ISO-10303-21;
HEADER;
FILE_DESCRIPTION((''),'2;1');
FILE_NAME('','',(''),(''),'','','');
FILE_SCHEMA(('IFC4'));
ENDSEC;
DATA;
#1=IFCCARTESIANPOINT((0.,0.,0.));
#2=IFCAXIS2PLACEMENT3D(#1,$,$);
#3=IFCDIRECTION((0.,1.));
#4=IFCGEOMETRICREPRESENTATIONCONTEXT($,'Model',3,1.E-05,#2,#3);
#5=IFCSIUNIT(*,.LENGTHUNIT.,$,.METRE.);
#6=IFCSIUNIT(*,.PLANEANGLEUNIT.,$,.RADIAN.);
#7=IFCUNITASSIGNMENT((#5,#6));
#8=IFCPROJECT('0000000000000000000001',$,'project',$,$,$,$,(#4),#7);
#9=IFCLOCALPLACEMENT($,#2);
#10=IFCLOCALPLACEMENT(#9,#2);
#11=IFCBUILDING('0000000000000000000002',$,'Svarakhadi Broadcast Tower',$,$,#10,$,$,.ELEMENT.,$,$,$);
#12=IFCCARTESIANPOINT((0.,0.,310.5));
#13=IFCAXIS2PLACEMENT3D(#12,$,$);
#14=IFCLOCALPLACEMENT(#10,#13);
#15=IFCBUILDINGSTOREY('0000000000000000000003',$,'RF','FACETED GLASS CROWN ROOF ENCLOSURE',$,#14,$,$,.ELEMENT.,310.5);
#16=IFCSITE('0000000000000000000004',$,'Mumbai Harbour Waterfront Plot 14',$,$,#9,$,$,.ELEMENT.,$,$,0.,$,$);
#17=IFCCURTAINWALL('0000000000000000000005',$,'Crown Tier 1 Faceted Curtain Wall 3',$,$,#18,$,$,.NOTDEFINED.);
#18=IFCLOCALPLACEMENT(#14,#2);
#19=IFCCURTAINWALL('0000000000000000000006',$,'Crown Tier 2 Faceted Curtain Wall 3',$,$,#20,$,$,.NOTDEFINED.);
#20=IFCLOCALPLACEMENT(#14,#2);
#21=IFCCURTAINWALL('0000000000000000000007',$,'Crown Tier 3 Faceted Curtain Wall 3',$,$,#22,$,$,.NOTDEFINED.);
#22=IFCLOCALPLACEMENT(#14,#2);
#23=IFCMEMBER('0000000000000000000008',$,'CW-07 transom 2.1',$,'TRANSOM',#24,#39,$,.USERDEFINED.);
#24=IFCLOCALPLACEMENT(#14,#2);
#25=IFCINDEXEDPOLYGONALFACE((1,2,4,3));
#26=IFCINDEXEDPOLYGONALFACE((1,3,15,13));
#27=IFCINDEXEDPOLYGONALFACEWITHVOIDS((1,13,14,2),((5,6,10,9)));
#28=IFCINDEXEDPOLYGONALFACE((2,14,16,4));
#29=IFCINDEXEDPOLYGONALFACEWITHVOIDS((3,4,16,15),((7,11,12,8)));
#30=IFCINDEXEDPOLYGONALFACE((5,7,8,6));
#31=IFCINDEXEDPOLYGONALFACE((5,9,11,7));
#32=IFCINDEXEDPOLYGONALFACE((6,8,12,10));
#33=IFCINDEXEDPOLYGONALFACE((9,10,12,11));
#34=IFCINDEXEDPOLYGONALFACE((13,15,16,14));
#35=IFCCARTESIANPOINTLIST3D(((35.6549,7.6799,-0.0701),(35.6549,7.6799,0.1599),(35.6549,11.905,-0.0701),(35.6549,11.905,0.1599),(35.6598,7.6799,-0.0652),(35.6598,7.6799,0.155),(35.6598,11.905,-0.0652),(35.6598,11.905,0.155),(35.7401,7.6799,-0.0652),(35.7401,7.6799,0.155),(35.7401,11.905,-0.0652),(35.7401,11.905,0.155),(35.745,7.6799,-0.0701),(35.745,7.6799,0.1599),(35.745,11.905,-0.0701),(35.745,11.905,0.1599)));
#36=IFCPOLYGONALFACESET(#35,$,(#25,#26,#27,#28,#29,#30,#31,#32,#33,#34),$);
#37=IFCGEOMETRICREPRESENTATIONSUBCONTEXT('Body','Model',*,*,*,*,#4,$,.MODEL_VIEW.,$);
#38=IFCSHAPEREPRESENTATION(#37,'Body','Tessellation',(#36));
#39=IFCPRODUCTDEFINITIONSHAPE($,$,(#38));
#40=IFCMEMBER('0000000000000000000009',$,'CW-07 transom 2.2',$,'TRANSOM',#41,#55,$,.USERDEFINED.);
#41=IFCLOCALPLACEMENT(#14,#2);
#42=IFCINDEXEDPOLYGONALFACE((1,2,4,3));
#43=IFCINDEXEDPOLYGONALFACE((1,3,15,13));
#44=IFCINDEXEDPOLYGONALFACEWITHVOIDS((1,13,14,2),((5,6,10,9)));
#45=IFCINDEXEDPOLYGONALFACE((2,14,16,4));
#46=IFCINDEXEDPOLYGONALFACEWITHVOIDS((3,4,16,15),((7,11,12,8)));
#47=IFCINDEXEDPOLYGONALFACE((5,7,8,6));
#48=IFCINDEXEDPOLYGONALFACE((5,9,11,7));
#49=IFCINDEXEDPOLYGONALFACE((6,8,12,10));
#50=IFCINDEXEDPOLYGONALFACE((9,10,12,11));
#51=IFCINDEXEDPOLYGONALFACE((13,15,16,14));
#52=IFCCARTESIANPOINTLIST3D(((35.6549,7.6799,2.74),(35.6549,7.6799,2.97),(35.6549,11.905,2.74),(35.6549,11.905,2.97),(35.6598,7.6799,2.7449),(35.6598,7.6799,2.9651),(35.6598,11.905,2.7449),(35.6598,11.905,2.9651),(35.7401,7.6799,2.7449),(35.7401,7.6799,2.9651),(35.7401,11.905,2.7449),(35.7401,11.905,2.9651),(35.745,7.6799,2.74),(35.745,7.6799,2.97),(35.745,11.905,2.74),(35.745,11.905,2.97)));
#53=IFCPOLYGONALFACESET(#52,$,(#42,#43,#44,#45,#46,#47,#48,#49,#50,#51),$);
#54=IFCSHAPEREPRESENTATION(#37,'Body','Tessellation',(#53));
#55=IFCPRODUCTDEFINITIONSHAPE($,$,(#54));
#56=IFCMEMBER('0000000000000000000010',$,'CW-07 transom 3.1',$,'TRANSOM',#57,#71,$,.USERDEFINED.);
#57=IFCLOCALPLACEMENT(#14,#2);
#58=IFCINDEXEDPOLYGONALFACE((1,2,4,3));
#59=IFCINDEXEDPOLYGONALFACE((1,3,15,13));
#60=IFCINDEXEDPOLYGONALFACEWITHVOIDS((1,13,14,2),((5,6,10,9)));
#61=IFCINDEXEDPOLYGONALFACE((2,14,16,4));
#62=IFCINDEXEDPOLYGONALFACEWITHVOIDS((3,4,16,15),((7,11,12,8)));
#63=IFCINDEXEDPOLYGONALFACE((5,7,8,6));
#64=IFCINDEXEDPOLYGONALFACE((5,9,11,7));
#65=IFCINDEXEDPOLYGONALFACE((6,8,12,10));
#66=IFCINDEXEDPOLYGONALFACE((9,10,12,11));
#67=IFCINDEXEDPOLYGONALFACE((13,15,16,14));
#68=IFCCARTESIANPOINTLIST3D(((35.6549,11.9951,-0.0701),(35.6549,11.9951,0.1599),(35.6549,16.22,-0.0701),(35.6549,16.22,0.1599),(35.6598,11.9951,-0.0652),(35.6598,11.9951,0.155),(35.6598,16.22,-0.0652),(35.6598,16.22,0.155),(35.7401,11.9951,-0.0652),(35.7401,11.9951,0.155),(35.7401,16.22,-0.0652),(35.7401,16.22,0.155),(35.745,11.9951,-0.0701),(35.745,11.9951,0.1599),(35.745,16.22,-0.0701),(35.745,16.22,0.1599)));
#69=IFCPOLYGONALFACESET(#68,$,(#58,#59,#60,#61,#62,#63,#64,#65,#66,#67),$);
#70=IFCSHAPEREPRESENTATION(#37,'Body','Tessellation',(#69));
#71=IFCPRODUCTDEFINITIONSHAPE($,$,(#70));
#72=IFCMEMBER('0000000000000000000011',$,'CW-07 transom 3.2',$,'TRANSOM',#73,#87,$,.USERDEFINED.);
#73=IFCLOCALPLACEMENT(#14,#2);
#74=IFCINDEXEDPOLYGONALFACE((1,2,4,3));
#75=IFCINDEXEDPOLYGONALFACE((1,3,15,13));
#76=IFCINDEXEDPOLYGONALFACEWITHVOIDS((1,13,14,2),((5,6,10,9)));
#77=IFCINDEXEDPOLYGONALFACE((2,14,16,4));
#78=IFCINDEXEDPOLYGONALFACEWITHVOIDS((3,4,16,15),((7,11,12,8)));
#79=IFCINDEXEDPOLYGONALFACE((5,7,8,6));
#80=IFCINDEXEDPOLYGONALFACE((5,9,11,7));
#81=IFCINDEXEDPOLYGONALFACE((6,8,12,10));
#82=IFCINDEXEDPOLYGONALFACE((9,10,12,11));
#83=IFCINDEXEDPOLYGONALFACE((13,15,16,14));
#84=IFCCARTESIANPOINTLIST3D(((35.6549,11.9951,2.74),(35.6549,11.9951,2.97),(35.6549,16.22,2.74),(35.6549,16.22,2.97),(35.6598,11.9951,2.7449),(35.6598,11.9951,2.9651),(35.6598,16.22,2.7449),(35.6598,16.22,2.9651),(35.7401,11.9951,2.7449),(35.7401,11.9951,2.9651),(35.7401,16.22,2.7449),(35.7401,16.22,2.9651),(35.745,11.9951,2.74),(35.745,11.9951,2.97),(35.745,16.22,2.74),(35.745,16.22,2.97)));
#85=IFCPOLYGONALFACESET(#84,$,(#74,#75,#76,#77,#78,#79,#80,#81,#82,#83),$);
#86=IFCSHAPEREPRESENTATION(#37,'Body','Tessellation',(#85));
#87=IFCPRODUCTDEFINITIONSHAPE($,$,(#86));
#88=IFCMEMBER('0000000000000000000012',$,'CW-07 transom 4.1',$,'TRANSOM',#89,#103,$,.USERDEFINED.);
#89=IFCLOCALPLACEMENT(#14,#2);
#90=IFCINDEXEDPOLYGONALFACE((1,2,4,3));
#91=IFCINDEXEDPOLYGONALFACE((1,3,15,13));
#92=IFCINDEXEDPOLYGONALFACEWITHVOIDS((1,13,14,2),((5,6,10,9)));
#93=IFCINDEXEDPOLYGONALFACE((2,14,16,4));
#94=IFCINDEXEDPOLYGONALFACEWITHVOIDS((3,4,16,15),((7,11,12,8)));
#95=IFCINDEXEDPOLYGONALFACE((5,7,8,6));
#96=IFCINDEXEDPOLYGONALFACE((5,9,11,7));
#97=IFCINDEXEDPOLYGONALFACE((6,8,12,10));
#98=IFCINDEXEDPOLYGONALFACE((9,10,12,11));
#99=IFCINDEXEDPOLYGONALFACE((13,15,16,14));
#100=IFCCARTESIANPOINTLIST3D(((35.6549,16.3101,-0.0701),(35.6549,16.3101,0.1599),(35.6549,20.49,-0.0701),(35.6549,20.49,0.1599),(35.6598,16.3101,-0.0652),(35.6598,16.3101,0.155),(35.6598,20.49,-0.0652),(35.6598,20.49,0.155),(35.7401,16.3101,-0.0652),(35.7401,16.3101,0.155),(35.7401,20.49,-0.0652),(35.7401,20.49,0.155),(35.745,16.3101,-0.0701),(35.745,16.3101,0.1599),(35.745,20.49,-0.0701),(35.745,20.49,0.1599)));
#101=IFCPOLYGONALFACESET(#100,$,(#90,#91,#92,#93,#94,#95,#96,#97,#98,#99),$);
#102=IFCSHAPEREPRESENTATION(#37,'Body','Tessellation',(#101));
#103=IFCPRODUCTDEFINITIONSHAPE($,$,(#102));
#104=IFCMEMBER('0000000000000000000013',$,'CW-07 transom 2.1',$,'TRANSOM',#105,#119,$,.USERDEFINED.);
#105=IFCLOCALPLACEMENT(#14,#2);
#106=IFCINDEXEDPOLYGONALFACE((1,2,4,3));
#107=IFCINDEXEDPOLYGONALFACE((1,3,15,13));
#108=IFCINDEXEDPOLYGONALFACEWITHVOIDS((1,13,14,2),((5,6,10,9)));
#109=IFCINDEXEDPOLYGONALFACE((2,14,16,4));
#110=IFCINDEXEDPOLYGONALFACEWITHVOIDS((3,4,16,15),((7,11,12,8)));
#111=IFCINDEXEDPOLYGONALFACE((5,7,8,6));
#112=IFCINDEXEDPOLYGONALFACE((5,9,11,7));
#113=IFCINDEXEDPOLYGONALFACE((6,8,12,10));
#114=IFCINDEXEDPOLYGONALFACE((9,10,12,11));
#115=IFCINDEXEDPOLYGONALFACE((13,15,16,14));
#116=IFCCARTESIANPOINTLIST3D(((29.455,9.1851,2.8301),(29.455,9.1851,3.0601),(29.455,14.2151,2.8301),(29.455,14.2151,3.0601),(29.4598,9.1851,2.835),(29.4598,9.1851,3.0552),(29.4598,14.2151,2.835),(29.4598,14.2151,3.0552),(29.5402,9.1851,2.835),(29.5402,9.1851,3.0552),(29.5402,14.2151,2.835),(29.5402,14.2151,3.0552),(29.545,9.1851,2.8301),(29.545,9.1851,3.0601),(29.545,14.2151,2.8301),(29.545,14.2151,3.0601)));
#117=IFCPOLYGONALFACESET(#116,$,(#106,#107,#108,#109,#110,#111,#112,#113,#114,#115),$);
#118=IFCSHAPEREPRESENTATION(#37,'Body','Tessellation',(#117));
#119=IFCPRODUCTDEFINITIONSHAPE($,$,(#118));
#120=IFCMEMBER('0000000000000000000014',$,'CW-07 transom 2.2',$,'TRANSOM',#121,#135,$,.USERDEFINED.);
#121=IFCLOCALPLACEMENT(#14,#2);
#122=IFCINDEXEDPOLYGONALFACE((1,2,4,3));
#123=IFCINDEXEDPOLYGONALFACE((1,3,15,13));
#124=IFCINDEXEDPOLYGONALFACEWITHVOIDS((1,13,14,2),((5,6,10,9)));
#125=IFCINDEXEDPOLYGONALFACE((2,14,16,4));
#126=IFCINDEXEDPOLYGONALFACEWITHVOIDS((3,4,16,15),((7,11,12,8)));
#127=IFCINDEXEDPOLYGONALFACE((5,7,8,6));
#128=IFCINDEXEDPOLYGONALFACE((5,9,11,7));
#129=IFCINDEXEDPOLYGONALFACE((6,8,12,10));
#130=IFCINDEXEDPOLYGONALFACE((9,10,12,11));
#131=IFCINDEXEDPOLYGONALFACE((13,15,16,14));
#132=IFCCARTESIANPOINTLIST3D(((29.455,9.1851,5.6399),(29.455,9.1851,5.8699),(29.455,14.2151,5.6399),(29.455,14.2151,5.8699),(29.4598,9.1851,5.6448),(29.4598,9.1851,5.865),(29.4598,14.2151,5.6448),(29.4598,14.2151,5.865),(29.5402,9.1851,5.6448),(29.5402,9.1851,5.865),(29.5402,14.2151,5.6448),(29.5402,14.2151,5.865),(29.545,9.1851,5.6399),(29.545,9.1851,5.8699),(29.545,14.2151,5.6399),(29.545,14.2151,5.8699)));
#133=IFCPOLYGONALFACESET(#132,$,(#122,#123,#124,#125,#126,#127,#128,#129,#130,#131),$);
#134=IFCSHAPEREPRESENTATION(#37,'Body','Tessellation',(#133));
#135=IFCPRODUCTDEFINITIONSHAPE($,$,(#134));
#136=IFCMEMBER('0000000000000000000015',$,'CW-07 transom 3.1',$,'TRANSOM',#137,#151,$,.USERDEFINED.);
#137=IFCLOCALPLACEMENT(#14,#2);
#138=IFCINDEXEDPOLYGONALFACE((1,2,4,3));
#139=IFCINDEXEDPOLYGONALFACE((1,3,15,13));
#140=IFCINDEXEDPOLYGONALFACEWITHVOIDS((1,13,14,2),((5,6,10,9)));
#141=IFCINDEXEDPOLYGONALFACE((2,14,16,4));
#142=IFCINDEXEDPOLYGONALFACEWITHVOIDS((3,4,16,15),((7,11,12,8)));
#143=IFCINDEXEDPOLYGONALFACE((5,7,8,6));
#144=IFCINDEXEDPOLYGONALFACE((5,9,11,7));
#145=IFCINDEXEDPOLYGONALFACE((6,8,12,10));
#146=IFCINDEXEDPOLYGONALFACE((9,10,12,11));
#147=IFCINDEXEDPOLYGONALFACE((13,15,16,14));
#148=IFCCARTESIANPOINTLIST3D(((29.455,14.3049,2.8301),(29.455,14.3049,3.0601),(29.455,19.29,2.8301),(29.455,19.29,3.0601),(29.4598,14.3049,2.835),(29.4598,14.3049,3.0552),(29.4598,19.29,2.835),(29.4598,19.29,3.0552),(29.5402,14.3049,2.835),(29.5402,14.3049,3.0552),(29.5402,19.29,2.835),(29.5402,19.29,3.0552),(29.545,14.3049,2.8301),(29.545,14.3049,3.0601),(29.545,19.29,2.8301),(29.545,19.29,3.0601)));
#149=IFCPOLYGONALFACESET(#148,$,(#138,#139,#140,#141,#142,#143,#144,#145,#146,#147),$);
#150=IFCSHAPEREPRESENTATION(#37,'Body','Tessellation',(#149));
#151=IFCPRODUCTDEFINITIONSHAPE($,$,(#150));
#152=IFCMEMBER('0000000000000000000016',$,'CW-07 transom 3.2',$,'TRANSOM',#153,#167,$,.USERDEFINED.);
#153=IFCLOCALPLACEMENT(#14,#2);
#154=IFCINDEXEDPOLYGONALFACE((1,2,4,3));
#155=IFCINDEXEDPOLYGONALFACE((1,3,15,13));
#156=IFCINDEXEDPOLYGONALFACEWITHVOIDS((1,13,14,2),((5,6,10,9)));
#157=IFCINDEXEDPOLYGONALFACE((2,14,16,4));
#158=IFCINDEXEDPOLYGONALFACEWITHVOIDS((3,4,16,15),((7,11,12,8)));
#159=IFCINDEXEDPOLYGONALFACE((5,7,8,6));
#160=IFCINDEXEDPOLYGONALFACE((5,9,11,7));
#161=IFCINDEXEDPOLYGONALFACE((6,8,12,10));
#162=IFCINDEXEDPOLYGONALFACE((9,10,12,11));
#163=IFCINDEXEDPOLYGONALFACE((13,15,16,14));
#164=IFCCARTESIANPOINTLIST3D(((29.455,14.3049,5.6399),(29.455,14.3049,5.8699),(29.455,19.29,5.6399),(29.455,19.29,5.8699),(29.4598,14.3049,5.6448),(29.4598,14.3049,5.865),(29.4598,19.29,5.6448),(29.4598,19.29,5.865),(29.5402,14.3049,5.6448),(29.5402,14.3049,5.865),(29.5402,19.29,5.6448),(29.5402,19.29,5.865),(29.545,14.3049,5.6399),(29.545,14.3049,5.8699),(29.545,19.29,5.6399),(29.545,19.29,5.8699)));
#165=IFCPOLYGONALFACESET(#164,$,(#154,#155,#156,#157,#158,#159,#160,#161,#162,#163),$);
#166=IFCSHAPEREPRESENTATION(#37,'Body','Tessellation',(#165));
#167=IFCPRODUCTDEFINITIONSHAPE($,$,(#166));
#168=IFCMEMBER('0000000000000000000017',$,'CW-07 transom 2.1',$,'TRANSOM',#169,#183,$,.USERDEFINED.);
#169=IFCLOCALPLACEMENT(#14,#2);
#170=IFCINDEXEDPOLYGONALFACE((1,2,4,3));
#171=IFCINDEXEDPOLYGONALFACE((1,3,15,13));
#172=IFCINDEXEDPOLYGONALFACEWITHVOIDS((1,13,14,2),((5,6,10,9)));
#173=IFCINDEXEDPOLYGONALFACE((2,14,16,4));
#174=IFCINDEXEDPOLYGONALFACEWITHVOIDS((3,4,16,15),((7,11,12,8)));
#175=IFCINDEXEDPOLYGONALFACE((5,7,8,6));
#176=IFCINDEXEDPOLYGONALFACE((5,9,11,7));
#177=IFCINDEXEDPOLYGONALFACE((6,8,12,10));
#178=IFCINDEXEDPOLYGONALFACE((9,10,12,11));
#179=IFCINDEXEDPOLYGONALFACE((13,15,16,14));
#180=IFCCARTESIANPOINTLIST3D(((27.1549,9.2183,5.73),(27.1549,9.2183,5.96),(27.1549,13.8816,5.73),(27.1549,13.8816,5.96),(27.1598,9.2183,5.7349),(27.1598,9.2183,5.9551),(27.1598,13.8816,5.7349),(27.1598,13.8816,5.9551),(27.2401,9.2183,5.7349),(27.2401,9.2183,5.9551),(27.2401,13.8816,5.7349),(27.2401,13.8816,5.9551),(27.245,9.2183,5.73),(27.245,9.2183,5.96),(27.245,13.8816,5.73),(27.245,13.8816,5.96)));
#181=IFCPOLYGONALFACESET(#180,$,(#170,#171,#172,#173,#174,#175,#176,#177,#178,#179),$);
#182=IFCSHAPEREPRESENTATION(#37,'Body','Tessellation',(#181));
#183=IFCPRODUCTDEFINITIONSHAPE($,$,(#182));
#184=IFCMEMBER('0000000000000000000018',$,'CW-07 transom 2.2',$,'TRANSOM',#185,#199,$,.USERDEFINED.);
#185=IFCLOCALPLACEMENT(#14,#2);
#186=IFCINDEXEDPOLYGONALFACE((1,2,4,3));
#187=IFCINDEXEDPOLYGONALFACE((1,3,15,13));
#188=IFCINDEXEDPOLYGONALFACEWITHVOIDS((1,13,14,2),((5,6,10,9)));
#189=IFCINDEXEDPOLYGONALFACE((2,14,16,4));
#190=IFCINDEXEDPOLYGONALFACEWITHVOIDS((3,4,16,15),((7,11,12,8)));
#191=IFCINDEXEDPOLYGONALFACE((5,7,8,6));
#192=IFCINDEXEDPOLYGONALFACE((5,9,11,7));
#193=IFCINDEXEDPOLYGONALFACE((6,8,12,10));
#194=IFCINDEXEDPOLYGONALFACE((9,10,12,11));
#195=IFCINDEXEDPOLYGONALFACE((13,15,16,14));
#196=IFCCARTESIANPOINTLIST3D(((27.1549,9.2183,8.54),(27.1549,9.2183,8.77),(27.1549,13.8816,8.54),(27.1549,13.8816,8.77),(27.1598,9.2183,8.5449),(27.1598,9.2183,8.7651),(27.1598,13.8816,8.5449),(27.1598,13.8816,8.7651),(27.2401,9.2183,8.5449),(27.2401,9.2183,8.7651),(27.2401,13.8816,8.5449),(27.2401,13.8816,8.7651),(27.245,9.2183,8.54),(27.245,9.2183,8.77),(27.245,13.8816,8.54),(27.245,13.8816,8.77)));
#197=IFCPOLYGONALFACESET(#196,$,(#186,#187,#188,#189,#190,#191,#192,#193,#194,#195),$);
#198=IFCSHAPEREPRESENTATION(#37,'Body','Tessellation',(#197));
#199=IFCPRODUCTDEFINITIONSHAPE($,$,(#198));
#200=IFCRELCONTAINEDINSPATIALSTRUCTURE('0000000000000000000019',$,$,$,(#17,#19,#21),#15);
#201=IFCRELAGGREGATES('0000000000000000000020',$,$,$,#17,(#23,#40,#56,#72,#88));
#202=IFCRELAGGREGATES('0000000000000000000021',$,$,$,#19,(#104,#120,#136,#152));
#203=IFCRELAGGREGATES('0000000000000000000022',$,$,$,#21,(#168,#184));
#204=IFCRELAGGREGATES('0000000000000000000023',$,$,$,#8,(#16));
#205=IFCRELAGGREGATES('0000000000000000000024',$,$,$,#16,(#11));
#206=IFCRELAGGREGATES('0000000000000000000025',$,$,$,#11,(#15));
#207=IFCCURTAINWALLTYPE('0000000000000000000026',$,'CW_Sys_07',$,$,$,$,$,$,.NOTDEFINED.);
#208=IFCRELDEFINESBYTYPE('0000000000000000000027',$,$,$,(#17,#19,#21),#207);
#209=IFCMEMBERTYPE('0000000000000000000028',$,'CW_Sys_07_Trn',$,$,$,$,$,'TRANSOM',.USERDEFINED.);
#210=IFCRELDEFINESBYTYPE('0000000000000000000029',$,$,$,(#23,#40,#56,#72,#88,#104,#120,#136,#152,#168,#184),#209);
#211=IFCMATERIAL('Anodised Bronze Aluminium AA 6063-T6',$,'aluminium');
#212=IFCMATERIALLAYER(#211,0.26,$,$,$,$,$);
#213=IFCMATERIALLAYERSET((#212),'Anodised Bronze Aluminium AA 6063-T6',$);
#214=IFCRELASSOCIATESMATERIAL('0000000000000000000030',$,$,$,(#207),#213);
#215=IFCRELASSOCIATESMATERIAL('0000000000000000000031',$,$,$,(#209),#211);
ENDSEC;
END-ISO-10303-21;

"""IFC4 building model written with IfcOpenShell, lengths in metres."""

from ifc_helpers import new_model, si_unit, direction, frame, origin, origin_2d, place, context, subcontext, project, spatial, hollow_rectangle, extrude, material, layer, layer_set, material_profile, profile_set, type_object, element, aggregate, save


model = new_model("IFC4")

# Units and contexts
model_context = context("Model", 3, precision=1e-05, world=origin(), true_north=direction((0.0, 1.0)))
body_context = subcontext(model_context, "Body", "Model", "MODEL_VIEW")
ifc_project = project(units=[si_unit("LENGTHUNIT", "METRE"), si_unit("PLANEANGLEUNIT", "RADIAN")], contexts=[model_context])

# Site, building, storey
site_placement = place(None, origin())
site = spatial("IfcSite", under=ifc_project, at=site_placement, Name="Mumbai Harbour Waterfront Plot 14", CompositionType="ELEMENT", RefElevation=0.0)
building_placement = place(site_placement, origin())
building = spatial("IfcBuilding", under=site, at=building_placement, Name="Svarakhadi Broadcast Tower", CompositionType="ELEMENT")
storey_placement = place(building_placement, frame((0.0, 0.0, 310.5)))
storey = spatial("IfcBuildingStorey", under=building, at=storey_placement, Name="RF", Description="FACETED GLASS CROWN ROOF ENCLOSURE", CompositionType="ELEMENT", Elevation=310.5)

# Curtain walls
ifc_material_1 = material(Name="Anodised Bronze Aluminium AA 6063-T6", Category="aluminium")
ifc_layer_1 = layer(ifc_material_1, 0.26)
ifc_layer_set_1 = layer_set([ifc_layer_1], Name="Anodised Bronze Aluminium AA 6063-T6")
curtain_wall_type = type_object("IfcCurtainWallType", Name="CW_Sys_07", PredefinedType="NOTDEFINED", material=ifc_layer_set_1)
curtain_wall_1_placement = place(storey_placement, origin())
curtain_wall_1 = element("IfcCurtainWall", 1, at=curtain_wall_1_placement, inside=storey, type_object=curtain_wall_type, Name="Crown Tier 1 Faceted Curtain Wall 3", PredefinedType="NOTDEFINED")
curtain_wall_2_placement = place(storey_placement, origin())
curtain_wall_2 = element("IfcCurtainWall", 2, at=curtain_wall_2_placement, inside=storey, type_object=curtain_wall_type, Name="Crown Tier 2 Faceted Curtain Wall 3", PredefinedType="NOTDEFINED")
curtain_wall_3_placement = place(storey_placement, origin())
curtain_wall_3 = element("IfcCurtainWall", 3, at=curtain_wall_3_placement, inside=storey, type_object=curtain_wall_type, Name="Crown Tier 3 Faceted Curtain Wall 3", PredefinedType="NOTDEFINED")

# Members
ifc_material_profile_1 = material_profile(ifc_material_1, hollow_rectangle(XDim=0.0901, YDim=0.23, WallThickness=0.0049, at=origin_2d()), Name="ALU TRANSOM 230x90x5")
ifc_profile_set_1 = profile_set([ifc_material_profile_1], Name="Anodised Bronze Aluminium AA 6063-T6")
member_type_1 = type_object("IfcMemberType", Name="CW_Sys_07_Trn", ElementType="TRANSOM", PredefinedType="USERDEFINED", material=ifc_profile_set_1)
member_1_placement = place(storey_placement, frame((35.7, 7.6799, 0.0449), z_axis=(0.0, 1.0, 0.0), x_axis=(-1.0, 0.0, 0.0)))
member_1 = element("IfcMember", 4, at=member_1_placement, type_object=member_type_1, Name="CW-07 transom 2.1", ObjectType="TRANSOM", PredefinedType="USERDEFINED", context=body_context, shape_type="SweptSolid", body=[
    extrude(hollow_rectangle(XDim=0.0901, YDim=0.23, WallThickness=0.0049, at=origin_2d()), origin(), (0.0, 0.0, 1.0), 4.2251),
])
member_2_placement = place(storey_placement, frame((35.7, 7.6799, 2.855), z_axis=(0.0, 1.0, 0.0), x_axis=(-1.0, 0.0, 0.0)))
member_2 = element("IfcMember", 5, at=member_2_placement, type_object=member_type_1, Name="CW-07 transom 2.2", ObjectType="TRANSOM", PredefinedType="USERDEFINED", context=body_context, shape_type="SweptSolid", body=[
    extrude(hollow_rectangle(XDim=0.0901, YDim=0.23, WallThickness=0.0049, at=origin_2d()), origin(), (0.0, 0.0, 1.0), 4.2251),
])
member_3_placement = place(storey_placement, frame((35.7, 11.9951, 0.0449), z_axis=(0.0, 1.0, 0.0), x_axis=(-1.0, 0.0, 0.0)))
member_3 = element("IfcMember", 6, at=member_3_placement, type_object=member_type_1, Name="CW-07 transom 3.1", ObjectType="TRANSOM", PredefinedType="USERDEFINED", context=body_context, shape_type="SweptSolid", body=[
    extrude(hollow_rectangle(XDim=0.0901, YDim=0.23, WallThickness=0.0049, at=origin_2d()), origin(), (0.0, 0.0, 1.0), 4.2249),
])
member_4_placement = place(storey_placement, frame((35.7, 11.9951, 2.855), z_axis=(0.0, 1.0, 0.0), x_axis=(-1.0, 0.0, 0.0)))
member_4 = element("IfcMember", 7, at=member_4_placement, type_object=member_type_1, Name="CW-07 transom 3.2", ObjectType="TRANSOM", PredefinedType="USERDEFINED", context=body_context, shape_type="SweptSolid", body=[
    extrude(hollow_rectangle(XDim=0.0901, YDim=0.23, WallThickness=0.0049, at=origin_2d()), origin(), (0.0, 0.0, 1.0), 4.2249),
])
member_5_placement = place(storey_placement, frame((35.7, 16.3101, 0.0449), z_axis=(0.0, 1.0, 0.0), x_axis=(-1.0, 0.0, 0.0)))
member_5 = element("IfcMember", 8, at=member_5_placement, type_object=member_type_1, Name="CW-07 transom 4.1", ObjectType="TRANSOM", PredefinedType="USERDEFINED", context=body_context, shape_type="SweptSolid", body=[
    extrude(hollow_rectangle(XDim=0.0901, YDim=0.23, WallThickness=0.0049, at=origin_2d()), origin(), (0.0, 0.0, 1.0), 4.1799),
])
member_6_placement = place(storey_placement, frame((29.5, 9.1851, 2.9451), z_axis=(0.0, 1.0, 0.0), x_axis=(-1.0, 0.0, 0.0)))
member_6 = element("IfcMember", 9, at=member_6_placement, type_object=member_type_1, Name="CW-07 transom 2.1", ObjectType="TRANSOM", PredefinedType="USERDEFINED", context=body_context, shape_type="SweptSolid", body=[
    extrude(hollow_rectangle(XDim=0.0901, YDim=0.23, WallThickness=0.0049, at=origin_2d()), origin(), (0.0, 0.0, 1.0), 5.03),
])
member_7_placement = place(storey_placement, frame((29.5, 9.1851, 5.7549), z_axis=(0.0, 1.0, 0.0), x_axis=(-1.0, 0.0, 0.0)))
member_7 = element("IfcMember", 10, at=member_7_placement, type_object=member_type_1, Name="CW-07 transom 2.2", ObjectType="TRANSOM", PredefinedType="USERDEFINED", context=body_context, shape_type="SweptSolid", body=[
    extrude(hollow_rectangle(XDim=0.0901, YDim=0.23, WallThickness=0.0049, at=origin_2d()), origin(), (0.0, 0.0, 1.0), 5.03),
])
member_8_placement = place(storey_placement, frame((29.5, 14.3049, 2.9451), z_axis=(0.0, 1.0, 0.0), x_axis=(-1.0, 0.0, 0.0)))
member_8 = element("IfcMember", 11, at=member_8_placement, type_object=member_type_1, Name="CW-07 transom 3.1", ObjectType="TRANSOM", PredefinedType="USERDEFINED", context=body_context, shape_type="SweptSolid", body=[
    extrude(hollow_rectangle(XDim=0.0901, YDim=0.23, WallThickness=0.0049, at=origin_2d()), origin(), (0.0, 0.0, 1.0), 4.9851),
])
member_9_placement = place(storey_placement, frame((29.5, 14.3049, 5.7549), z_axis=(0.0, 1.0, 0.0), x_axis=(-1.0, 0.0, 0.0)))
member_9 = element("IfcMember", 12, at=member_9_placement, type_object=member_type_1, Name="CW-07 transom 3.2", ObjectType="TRANSOM", PredefinedType="USERDEFINED", context=body_context, shape_type="SweptSolid", body=[
    extrude(hollow_rectangle(XDim=0.0901, YDim=0.23, WallThickness=0.0049, at=origin_2d()), origin(), (0.0, 0.0, 1.0), 4.9851),
])
member_10_placement = place(storey_placement, frame((27.2, 9.2183, 5.845), z_axis=(0.0, 1.0, 0.0), x_axis=(-1.0, 0.0, 0.0)))
member_10 = element("IfcMember", 13, at=member_10_placement, type_object=member_type_1, Name="CW-07 transom 2.1", ObjectType="TRANSOM", PredefinedType="USERDEFINED", context=body_context, shape_type="SweptSolid", body=[
    extrude(hollow_rectangle(XDim=0.0901, YDim=0.23, WallThickness=0.0049, at=origin_2d()), origin(), (0.0, 0.0, 1.0), 4.6633),
])
member_11_placement = place(storey_placement, frame((27.2, 9.2183, 8.655), z_axis=(0.0, 1.0, 0.0), x_axis=(-1.0, 0.0, 0.0)))
member_11 = element("IfcMember", 14, at=member_11_placement, type_object=member_type_1, Name="CW-07 transom 2.2", ObjectType="TRANSOM", PredefinedType="USERDEFINED", context=body_context, shape_type="SweptSolid", body=[
    extrude(hollow_rectangle(XDim=0.0901, YDim=0.23, WallThickness=0.0049, at=origin_2d()), origin(), (0.0, 0.0, 1.0), 4.6633),
])

aggregate(curtain_wall_1, [member_1, member_2, member_3, member_4, member_5])
aggregate(curtain_wall_2, [member_6, member_7, member_8, member_9])
aggregate(curtain_wall_3, [member_10, member_11])

save(model, "model.ifc")
